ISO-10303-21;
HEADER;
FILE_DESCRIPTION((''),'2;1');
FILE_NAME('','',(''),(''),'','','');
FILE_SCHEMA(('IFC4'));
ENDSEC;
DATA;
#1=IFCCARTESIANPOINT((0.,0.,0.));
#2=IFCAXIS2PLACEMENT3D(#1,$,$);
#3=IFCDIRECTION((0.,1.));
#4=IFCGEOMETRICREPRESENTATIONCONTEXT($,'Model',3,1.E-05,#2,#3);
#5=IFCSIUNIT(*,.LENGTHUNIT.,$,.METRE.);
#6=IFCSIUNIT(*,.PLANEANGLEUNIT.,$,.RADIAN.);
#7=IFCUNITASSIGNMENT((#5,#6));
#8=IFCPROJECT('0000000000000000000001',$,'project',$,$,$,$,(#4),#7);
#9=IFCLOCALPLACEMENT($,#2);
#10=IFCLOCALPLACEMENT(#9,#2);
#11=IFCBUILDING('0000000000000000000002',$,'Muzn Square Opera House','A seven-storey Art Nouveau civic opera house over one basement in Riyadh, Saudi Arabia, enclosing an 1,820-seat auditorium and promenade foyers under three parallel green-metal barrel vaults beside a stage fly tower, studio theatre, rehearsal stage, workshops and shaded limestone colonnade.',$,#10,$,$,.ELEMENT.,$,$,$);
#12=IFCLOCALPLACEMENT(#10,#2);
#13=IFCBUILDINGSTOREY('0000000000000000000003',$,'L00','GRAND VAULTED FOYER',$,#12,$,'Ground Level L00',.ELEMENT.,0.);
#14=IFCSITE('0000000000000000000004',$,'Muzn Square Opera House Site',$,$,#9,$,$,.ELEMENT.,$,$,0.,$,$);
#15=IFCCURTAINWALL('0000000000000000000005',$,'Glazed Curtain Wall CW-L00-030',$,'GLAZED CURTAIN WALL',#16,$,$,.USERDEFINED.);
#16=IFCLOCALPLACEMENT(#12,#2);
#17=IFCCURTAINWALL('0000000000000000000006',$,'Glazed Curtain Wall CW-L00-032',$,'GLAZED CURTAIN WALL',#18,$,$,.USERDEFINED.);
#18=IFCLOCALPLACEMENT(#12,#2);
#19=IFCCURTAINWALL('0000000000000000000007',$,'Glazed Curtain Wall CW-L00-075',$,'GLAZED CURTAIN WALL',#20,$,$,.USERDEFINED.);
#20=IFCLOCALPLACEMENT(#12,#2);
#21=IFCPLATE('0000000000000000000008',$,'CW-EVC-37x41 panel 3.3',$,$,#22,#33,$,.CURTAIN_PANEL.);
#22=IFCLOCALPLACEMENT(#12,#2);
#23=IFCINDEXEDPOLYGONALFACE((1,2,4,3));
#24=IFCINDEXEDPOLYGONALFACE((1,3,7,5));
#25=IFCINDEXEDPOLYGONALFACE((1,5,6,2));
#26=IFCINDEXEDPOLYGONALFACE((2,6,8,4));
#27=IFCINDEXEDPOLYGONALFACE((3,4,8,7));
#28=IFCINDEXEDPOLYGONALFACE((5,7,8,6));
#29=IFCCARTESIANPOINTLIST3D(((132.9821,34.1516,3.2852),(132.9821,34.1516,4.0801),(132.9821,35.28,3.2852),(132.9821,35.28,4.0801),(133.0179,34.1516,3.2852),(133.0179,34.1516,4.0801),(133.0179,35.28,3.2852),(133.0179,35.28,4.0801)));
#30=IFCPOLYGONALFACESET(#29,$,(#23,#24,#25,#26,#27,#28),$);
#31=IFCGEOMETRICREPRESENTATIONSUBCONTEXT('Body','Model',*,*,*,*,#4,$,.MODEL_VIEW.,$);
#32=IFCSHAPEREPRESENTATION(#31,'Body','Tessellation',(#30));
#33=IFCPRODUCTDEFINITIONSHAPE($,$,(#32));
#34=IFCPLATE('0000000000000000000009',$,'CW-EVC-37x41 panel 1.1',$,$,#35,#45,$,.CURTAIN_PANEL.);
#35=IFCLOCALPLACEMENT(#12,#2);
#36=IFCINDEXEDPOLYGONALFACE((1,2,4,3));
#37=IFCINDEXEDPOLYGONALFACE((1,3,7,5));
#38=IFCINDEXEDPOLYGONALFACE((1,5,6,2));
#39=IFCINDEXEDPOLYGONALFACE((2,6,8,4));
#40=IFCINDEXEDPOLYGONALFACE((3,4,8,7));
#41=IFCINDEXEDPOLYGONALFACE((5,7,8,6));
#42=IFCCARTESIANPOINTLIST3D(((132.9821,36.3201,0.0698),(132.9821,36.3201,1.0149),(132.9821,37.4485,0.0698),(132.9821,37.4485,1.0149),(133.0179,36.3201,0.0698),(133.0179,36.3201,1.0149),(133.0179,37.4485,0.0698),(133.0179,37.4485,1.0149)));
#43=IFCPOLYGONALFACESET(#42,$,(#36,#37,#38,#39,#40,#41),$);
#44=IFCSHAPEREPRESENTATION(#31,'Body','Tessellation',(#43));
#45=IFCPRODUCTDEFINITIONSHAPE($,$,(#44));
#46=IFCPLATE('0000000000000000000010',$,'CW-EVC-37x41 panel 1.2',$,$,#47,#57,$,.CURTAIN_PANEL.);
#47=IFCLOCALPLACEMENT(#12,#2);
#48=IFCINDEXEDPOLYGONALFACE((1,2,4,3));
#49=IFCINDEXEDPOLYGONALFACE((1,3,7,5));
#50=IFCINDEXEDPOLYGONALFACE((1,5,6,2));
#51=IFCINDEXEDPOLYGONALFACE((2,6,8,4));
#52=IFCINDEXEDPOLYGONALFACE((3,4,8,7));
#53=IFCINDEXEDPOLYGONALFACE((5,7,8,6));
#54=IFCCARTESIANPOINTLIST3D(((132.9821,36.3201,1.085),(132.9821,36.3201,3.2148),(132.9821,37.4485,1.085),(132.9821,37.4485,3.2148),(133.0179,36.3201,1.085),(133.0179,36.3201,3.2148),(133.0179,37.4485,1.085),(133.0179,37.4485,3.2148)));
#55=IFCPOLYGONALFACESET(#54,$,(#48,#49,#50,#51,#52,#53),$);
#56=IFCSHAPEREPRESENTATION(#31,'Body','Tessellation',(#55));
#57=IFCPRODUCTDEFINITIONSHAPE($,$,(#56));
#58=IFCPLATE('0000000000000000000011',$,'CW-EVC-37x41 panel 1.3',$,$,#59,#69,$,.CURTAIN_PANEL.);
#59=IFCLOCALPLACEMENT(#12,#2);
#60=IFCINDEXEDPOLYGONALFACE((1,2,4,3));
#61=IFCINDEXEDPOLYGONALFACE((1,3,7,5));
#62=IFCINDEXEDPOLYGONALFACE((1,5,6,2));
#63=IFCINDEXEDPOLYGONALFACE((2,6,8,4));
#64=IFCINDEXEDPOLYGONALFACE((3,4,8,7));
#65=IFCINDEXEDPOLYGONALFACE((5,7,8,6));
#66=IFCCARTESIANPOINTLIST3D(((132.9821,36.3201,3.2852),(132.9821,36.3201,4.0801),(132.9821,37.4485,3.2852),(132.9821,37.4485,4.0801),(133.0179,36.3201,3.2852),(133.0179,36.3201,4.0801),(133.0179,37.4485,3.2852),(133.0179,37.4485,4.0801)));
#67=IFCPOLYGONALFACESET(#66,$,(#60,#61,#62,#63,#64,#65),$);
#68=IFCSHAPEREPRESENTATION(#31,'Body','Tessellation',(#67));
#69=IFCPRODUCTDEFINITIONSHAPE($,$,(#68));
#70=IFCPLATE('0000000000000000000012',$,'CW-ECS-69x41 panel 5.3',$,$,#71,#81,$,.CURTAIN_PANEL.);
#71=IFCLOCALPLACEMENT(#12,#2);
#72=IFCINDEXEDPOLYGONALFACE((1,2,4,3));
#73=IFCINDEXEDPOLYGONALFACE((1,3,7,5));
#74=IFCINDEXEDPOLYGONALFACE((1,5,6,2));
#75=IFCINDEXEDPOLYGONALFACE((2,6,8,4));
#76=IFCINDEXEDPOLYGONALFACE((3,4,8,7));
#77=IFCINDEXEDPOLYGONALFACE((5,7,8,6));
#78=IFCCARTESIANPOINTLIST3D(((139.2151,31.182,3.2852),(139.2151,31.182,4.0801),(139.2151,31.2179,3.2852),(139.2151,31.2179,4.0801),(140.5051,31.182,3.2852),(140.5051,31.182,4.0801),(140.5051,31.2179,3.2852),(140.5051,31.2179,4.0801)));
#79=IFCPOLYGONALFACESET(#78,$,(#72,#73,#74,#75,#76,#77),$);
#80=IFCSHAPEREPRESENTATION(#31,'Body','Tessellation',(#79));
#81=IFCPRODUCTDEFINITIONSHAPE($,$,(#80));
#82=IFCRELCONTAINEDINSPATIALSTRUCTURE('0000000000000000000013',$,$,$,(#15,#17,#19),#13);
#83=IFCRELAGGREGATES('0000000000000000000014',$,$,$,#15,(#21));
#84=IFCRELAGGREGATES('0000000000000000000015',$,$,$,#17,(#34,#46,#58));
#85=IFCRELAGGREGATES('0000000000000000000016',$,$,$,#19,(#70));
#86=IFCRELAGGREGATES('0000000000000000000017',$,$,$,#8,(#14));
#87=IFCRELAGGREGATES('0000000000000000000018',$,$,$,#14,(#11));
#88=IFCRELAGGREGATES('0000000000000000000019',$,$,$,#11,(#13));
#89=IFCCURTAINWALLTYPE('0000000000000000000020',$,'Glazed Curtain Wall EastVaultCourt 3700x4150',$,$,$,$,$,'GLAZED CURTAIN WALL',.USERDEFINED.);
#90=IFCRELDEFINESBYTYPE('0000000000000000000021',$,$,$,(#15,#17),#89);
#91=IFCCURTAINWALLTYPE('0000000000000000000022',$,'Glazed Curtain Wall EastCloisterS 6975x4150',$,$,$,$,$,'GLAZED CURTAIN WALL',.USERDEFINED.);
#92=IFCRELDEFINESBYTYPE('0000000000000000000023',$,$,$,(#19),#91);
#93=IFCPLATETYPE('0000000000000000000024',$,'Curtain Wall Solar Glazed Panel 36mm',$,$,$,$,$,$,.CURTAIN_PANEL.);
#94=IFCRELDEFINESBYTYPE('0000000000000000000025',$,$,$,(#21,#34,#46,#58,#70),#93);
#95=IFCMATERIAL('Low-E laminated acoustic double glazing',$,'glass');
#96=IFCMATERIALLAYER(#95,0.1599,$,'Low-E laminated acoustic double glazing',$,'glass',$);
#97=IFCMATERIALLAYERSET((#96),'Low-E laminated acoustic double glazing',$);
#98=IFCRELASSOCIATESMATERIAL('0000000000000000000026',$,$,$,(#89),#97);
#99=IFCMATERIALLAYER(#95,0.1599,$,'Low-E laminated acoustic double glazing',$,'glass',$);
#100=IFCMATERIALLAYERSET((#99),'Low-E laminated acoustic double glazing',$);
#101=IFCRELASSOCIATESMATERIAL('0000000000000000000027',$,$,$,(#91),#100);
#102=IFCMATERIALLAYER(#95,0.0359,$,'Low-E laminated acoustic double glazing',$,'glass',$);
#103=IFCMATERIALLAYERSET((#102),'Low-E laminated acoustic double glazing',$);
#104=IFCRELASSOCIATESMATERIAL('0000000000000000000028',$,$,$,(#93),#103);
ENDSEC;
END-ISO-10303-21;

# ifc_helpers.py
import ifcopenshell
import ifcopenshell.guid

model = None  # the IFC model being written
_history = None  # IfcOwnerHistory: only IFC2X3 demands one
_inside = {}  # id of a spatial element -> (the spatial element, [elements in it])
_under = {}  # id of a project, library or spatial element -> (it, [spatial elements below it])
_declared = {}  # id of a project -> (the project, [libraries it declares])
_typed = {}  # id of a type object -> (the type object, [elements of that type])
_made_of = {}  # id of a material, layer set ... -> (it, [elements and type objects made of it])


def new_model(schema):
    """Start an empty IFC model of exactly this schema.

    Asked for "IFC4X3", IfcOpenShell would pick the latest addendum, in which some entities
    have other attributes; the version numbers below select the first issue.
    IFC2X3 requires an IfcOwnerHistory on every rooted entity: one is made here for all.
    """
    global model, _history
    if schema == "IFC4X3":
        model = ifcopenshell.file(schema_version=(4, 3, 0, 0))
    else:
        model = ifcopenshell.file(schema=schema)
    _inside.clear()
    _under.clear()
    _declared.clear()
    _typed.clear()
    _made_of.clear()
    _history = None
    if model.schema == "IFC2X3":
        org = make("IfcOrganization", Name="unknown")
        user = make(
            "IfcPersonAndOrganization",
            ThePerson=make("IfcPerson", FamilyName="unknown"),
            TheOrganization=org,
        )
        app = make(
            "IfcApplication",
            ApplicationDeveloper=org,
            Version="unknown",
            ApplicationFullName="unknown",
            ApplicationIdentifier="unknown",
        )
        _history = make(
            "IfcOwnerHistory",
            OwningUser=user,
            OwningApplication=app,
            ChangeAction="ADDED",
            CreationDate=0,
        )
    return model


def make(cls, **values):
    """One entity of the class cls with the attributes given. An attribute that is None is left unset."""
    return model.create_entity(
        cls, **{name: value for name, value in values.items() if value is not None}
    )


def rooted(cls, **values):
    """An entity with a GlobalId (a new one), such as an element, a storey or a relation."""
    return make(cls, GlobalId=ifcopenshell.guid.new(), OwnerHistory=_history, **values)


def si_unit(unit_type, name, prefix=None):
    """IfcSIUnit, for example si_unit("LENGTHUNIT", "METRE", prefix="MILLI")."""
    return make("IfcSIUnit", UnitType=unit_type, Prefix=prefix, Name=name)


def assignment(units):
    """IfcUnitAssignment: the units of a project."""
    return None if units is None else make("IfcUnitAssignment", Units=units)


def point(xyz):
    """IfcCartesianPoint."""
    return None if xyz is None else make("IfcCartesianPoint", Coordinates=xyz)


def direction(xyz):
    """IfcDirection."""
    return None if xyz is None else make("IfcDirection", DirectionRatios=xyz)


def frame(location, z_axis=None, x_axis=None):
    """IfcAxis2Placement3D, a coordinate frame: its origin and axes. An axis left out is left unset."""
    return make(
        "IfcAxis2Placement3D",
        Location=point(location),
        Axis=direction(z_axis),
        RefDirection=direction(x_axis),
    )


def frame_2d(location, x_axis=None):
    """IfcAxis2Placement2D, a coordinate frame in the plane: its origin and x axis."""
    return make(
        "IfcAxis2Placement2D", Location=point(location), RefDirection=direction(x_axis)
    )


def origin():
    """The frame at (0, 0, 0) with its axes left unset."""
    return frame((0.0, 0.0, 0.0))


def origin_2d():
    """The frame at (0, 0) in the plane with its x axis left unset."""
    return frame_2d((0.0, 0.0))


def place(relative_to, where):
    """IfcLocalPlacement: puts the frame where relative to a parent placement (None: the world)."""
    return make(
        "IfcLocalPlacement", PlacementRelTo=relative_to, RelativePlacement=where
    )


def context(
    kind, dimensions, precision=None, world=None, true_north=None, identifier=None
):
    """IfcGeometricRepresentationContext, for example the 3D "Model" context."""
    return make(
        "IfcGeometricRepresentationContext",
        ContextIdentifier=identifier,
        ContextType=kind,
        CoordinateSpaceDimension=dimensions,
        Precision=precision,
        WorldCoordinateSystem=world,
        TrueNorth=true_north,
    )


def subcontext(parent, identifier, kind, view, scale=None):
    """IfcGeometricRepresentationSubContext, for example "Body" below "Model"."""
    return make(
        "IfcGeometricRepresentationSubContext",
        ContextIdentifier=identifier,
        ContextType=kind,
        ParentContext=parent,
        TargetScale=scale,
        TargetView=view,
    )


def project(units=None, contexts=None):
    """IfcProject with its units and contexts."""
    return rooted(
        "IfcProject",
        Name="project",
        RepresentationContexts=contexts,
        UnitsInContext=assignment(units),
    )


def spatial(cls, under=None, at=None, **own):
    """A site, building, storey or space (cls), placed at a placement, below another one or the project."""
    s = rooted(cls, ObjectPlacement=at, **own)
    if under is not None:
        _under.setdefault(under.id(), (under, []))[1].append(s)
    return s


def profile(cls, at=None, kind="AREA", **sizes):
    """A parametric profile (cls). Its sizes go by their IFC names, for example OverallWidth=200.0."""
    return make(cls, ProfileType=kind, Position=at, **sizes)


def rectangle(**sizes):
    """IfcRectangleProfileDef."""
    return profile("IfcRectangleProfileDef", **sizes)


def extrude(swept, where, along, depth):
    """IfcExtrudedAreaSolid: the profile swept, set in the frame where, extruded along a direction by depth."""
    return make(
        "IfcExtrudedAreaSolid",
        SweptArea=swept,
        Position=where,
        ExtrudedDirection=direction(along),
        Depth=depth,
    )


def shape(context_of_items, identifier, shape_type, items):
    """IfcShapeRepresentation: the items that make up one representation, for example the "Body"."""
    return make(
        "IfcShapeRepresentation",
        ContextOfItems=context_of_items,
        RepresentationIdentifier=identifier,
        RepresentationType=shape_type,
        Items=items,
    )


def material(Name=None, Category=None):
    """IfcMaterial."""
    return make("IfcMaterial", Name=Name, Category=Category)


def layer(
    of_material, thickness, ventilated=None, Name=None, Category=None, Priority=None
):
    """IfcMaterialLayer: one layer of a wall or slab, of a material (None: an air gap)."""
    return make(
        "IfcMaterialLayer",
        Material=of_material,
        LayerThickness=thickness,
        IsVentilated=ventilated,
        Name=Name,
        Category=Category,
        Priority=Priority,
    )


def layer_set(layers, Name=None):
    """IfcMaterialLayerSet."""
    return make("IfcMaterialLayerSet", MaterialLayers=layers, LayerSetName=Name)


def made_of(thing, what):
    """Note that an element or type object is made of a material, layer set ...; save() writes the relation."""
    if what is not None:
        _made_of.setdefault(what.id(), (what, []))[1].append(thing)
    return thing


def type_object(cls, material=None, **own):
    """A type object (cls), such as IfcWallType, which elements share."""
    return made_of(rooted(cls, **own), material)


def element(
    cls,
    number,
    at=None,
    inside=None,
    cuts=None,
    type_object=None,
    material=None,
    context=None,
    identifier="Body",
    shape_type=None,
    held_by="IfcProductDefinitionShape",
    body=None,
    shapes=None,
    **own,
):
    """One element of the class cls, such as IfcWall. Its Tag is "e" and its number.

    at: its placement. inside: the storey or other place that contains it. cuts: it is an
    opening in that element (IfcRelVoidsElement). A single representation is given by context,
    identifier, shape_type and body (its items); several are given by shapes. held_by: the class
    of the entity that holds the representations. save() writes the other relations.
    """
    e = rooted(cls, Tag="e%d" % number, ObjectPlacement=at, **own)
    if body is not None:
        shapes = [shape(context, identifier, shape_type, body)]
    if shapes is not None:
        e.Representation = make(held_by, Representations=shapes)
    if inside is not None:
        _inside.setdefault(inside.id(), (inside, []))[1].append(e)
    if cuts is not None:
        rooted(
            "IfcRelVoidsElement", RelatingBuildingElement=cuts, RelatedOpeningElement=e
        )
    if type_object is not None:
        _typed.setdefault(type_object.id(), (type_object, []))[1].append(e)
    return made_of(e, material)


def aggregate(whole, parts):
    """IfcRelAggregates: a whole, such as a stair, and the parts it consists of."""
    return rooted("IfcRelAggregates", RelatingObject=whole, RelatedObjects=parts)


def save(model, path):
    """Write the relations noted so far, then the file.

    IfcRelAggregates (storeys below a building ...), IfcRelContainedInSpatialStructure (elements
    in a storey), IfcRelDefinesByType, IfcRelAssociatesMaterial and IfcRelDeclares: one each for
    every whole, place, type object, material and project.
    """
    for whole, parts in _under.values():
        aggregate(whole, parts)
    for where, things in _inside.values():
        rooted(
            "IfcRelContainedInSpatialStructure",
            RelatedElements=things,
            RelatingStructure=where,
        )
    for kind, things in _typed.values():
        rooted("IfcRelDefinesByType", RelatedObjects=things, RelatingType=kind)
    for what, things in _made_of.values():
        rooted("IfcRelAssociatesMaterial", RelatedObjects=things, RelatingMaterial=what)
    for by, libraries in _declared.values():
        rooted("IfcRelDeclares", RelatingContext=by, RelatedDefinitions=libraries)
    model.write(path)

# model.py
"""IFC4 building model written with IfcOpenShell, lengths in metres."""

from ifc_helpers import new_model, si_unit, direction, frame, origin, origin_2d, place, context, subcontext, project, spatial, rectangle, extrude, material, layer, layer_set, type_object, element, aggregate, save


model = new_model("IFC4")

# Units and contexts
model_context = context("Model", 3, precision=1e-05, world=origin(), true_north=direction((0.0, 1.0)))
body_context = subcontext(model_context, "Body", "Model", "MODEL_VIEW")
ifc_project = project(units=[si_unit("LENGTHUNIT", "METRE"), si_unit("PLANEANGLEUNIT", "RADIAN")], contexts=[model_context])

# Site, building, storey
site_placement = place(None, origin())
site = spatial("IfcSite", under=ifc_project, at=site_placement, Name="Muzn Square Opera House Site", CompositionType="ELEMENT", RefElevation=0.0)
building_placement = place(site_placement, origin())
building = spatial("IfcBuilding", under=site, at=building_placement, Name="Muzn Square Opera House", Description="A seven-storey Art Nouveau civic opera house over one basement in Riyadh, Saudi Arabia, enclosing an 1,820-seat auditorium and promenade foyers under three parallel green-metal barrel vaults beside a stage fly tower, studio theatre, rehearsal stage, workshops and shaded limestone colonnade.", CompositionType="ELEMENT")
storey_placement = place(building_placement, origin())
storey = spatial("IfcBuildingStorey", under=building, at=storey_placement, Name="L00", Description="GRAND VAULTED FOYER", LongName="Ground Level L00", CompositionType="ELEMENT", Elevation=0.0)

# Curtain walls
ifc_material_1 = material(Name="Low-E laminated acoustic double glazing", Category="glass")
ifc_layer_1 = layer(ifc_material_1, 0.1599, Name="Low-E laminated acoustic double glazing", Category="glass")
ifc_layer_set_1 = layer_set([ifc_layer_1], Name="Low-E laminated acoustic double glazing")
curtain_wall_type_1 = type_object("IfcCurtainWallType", Name="Glazed Curtain Wall EastVaultCourt 3700x4150", ElementType="GLAZED CURTAIN WALL", PredefinedType="USERDEFINED", material=ifc_layer_set_1)
curtain_wall_1_placement = place(storey_placement, origin())
curtain_wall_1 = element("IfcCurtainWall", 1, at=curtain_wall_1_placement, inside=storey, type_object=curtain_wall_type_1, Name="Glazed Curtain Wall CW-L00-030", ObjectType="GLAZED CURTAIN WALL", PredefinedType="USERDEFINED")
curtain_wall_2_placement = place(storey_placement, origin())
curtain_wall_2 = element("IfcCurtainWall", 2, at=curtain_wall_2_placement, inside=storey, type_object=curtain_wall_type_1, Name="Glazed Curtain Wall CW-L00-032", ObjectType="GLAZED CURTAIN WALL", PredefinedType="USERDEFINED")

# Curtain wall
ifc_layer_2 = layer(ifc_material_1, 0.1599, Name="Low-E laminated acoustic double glazing", Category="glass")
ifc_layer_set_2 = layer_set([ifc_layer_2], Name="Low-E laminated acoustic double glazing")
curtain_wall_type_2 = type_object("IfcCurtainWallType", Name="Glazed Curtain Wall EastCloisterS 6975x4150", ElementType="GLAZED CURTAIN WALL", PredefinedType="USERDEFINED", material=ifc_layer_set_2)
curtain_wall_3_placement = place(storey_placement, origin())
curtain_wall_3 = element("IfcCurtainWall", 3, at=curtain_wall_3_placement, inside=storey, type_object=curtain_wall_type_2, Name="Glazed Curtain Wall CW-L00-075", ObjectType="GLAZED CURTAIN WALL", PredefinedType="USERDEFINED")

# Plates
ifc_layer_3 = layer(ifc_material_1, 0.0359, Name="Low-E laminated acoustic double glazing", Category="glass")
ifc_layer_set_3 = layer_set([ifc_layer_3], Name="Low-E laminated acoustic double glazing")
plate_type = type_object("IfcPlateType", Name="Curtain Wall Solar Glazed Panel 36mm", PredefinedType="CURTAIN_PANEL", material=ifc_layer_set_3)
plate_1_placement = place(storey_placement, frame((133.0, 34.7158, 3.2852), z_axis=(0.0, 0.0, 1.0), x_axis=(0.0, 1.0, 0.0)))
plate_1 = element("IfcPlate", 4, at=plate_1_placement, type_object=plate_type, Name="CW-EVC-37x41 panel 3.3", PredefinedType="CURTAIN_PANEL", context=body_context, shape_type="SweptSolid", body=[
    extrude(rectangle(XDim=1.1284, YDim=0.0359, at=origin_2d()), origin(), (0.0, 0.0, 1.0), 0.7949),
])
aggregate(curtain_wall_1, [plate_1])
plate_2_placement = place(storey_placement, frame((133.0, 36.8843, 0.0698), z_axis=(0.0, 0.0, 1.0), x_axis=(0.0, 1.0, 0.0)))
plate_2 = element("IfcPlate", 5, at=plate_2_placement, type_object=plate_type, Name="CW-EVC-37x41 panel 1.1", PredefinedType="CURTAIN_PANEL", context=body_context, shape_type="SweptSolid", body=[
    extrude(rectangle(XDim=1.1284, YDim=0.0359, at=origin_2d()), origin(), (0.0, 0.0, 1.0), 0.9451),
])
plate_3_placement = place(storey_placement, frame((133.0, 36.8843, 1.085), z_axis=(0.0, 0.0, 1.0), x_axis=(0.0, 1.0, 0.0)))
plate_3 = element("IfcPlate", 6, at=plate_3_placement, type_object=plate_type, Name="CW-EVC-37x41 panel 1.2", PredefinedType="CURTAIN_PANEL", context=body_context, shape_type="SweptSolid", body=[
    extrude(rectangle(XDim=1.1284, YDim=0.0359, at=origin_2d()), origin(), (0.0, 0.0, 1.0), 2.1299),
])
plate_4_placement = place(storey_placement, frame((133.0, 36.8843, 3.2852), z_axis=(0.0, 0.0, 1.0), x_axis=(0.0, 1.0, 0.0)))
plate_4 = element("IfcPlate", 7, at=plate_4_placement, type_object=plate_type, Name="CW-EVC-37x41 panel 1.3", PredefinedType="CURTAIN_PANEL", context=body_context, shape_type="SweptSolid", body=[
    extrude(rectangle(XDim=1.1284, YDim=0.0359, at=origin_2d()), origin(), (0.0, 0.0, 1.0), 0.7949),
])
aggregate(curtain_wall_2, [plate_2, plate_3, plate_4])
plate_5_placement = place(storey_placement, frame((139.8601, 31.2, 3.2852), z_axis=(0.0, 0.0, 1.0), x_axis=(1.0, 0.0, 0.0)))
plate_5 = element("IfcPlate", 8, at=plate_5_placement, type_object=plate_type, Name="CW-ECS-69x41 panel 5.3", PredefinedType="CURTAIN_PANEL", context=body_context, shape_type="SweptSolid", body=[
    extrude(rectangle(XDim=1.29, YDim=0.0359, at=origin_2d()), origin(), (0.0, 0.0, 1.0), 0.7949),
])
aggregate(curtain_wall_3, [plate_5])

save(model, "model.ifc")
